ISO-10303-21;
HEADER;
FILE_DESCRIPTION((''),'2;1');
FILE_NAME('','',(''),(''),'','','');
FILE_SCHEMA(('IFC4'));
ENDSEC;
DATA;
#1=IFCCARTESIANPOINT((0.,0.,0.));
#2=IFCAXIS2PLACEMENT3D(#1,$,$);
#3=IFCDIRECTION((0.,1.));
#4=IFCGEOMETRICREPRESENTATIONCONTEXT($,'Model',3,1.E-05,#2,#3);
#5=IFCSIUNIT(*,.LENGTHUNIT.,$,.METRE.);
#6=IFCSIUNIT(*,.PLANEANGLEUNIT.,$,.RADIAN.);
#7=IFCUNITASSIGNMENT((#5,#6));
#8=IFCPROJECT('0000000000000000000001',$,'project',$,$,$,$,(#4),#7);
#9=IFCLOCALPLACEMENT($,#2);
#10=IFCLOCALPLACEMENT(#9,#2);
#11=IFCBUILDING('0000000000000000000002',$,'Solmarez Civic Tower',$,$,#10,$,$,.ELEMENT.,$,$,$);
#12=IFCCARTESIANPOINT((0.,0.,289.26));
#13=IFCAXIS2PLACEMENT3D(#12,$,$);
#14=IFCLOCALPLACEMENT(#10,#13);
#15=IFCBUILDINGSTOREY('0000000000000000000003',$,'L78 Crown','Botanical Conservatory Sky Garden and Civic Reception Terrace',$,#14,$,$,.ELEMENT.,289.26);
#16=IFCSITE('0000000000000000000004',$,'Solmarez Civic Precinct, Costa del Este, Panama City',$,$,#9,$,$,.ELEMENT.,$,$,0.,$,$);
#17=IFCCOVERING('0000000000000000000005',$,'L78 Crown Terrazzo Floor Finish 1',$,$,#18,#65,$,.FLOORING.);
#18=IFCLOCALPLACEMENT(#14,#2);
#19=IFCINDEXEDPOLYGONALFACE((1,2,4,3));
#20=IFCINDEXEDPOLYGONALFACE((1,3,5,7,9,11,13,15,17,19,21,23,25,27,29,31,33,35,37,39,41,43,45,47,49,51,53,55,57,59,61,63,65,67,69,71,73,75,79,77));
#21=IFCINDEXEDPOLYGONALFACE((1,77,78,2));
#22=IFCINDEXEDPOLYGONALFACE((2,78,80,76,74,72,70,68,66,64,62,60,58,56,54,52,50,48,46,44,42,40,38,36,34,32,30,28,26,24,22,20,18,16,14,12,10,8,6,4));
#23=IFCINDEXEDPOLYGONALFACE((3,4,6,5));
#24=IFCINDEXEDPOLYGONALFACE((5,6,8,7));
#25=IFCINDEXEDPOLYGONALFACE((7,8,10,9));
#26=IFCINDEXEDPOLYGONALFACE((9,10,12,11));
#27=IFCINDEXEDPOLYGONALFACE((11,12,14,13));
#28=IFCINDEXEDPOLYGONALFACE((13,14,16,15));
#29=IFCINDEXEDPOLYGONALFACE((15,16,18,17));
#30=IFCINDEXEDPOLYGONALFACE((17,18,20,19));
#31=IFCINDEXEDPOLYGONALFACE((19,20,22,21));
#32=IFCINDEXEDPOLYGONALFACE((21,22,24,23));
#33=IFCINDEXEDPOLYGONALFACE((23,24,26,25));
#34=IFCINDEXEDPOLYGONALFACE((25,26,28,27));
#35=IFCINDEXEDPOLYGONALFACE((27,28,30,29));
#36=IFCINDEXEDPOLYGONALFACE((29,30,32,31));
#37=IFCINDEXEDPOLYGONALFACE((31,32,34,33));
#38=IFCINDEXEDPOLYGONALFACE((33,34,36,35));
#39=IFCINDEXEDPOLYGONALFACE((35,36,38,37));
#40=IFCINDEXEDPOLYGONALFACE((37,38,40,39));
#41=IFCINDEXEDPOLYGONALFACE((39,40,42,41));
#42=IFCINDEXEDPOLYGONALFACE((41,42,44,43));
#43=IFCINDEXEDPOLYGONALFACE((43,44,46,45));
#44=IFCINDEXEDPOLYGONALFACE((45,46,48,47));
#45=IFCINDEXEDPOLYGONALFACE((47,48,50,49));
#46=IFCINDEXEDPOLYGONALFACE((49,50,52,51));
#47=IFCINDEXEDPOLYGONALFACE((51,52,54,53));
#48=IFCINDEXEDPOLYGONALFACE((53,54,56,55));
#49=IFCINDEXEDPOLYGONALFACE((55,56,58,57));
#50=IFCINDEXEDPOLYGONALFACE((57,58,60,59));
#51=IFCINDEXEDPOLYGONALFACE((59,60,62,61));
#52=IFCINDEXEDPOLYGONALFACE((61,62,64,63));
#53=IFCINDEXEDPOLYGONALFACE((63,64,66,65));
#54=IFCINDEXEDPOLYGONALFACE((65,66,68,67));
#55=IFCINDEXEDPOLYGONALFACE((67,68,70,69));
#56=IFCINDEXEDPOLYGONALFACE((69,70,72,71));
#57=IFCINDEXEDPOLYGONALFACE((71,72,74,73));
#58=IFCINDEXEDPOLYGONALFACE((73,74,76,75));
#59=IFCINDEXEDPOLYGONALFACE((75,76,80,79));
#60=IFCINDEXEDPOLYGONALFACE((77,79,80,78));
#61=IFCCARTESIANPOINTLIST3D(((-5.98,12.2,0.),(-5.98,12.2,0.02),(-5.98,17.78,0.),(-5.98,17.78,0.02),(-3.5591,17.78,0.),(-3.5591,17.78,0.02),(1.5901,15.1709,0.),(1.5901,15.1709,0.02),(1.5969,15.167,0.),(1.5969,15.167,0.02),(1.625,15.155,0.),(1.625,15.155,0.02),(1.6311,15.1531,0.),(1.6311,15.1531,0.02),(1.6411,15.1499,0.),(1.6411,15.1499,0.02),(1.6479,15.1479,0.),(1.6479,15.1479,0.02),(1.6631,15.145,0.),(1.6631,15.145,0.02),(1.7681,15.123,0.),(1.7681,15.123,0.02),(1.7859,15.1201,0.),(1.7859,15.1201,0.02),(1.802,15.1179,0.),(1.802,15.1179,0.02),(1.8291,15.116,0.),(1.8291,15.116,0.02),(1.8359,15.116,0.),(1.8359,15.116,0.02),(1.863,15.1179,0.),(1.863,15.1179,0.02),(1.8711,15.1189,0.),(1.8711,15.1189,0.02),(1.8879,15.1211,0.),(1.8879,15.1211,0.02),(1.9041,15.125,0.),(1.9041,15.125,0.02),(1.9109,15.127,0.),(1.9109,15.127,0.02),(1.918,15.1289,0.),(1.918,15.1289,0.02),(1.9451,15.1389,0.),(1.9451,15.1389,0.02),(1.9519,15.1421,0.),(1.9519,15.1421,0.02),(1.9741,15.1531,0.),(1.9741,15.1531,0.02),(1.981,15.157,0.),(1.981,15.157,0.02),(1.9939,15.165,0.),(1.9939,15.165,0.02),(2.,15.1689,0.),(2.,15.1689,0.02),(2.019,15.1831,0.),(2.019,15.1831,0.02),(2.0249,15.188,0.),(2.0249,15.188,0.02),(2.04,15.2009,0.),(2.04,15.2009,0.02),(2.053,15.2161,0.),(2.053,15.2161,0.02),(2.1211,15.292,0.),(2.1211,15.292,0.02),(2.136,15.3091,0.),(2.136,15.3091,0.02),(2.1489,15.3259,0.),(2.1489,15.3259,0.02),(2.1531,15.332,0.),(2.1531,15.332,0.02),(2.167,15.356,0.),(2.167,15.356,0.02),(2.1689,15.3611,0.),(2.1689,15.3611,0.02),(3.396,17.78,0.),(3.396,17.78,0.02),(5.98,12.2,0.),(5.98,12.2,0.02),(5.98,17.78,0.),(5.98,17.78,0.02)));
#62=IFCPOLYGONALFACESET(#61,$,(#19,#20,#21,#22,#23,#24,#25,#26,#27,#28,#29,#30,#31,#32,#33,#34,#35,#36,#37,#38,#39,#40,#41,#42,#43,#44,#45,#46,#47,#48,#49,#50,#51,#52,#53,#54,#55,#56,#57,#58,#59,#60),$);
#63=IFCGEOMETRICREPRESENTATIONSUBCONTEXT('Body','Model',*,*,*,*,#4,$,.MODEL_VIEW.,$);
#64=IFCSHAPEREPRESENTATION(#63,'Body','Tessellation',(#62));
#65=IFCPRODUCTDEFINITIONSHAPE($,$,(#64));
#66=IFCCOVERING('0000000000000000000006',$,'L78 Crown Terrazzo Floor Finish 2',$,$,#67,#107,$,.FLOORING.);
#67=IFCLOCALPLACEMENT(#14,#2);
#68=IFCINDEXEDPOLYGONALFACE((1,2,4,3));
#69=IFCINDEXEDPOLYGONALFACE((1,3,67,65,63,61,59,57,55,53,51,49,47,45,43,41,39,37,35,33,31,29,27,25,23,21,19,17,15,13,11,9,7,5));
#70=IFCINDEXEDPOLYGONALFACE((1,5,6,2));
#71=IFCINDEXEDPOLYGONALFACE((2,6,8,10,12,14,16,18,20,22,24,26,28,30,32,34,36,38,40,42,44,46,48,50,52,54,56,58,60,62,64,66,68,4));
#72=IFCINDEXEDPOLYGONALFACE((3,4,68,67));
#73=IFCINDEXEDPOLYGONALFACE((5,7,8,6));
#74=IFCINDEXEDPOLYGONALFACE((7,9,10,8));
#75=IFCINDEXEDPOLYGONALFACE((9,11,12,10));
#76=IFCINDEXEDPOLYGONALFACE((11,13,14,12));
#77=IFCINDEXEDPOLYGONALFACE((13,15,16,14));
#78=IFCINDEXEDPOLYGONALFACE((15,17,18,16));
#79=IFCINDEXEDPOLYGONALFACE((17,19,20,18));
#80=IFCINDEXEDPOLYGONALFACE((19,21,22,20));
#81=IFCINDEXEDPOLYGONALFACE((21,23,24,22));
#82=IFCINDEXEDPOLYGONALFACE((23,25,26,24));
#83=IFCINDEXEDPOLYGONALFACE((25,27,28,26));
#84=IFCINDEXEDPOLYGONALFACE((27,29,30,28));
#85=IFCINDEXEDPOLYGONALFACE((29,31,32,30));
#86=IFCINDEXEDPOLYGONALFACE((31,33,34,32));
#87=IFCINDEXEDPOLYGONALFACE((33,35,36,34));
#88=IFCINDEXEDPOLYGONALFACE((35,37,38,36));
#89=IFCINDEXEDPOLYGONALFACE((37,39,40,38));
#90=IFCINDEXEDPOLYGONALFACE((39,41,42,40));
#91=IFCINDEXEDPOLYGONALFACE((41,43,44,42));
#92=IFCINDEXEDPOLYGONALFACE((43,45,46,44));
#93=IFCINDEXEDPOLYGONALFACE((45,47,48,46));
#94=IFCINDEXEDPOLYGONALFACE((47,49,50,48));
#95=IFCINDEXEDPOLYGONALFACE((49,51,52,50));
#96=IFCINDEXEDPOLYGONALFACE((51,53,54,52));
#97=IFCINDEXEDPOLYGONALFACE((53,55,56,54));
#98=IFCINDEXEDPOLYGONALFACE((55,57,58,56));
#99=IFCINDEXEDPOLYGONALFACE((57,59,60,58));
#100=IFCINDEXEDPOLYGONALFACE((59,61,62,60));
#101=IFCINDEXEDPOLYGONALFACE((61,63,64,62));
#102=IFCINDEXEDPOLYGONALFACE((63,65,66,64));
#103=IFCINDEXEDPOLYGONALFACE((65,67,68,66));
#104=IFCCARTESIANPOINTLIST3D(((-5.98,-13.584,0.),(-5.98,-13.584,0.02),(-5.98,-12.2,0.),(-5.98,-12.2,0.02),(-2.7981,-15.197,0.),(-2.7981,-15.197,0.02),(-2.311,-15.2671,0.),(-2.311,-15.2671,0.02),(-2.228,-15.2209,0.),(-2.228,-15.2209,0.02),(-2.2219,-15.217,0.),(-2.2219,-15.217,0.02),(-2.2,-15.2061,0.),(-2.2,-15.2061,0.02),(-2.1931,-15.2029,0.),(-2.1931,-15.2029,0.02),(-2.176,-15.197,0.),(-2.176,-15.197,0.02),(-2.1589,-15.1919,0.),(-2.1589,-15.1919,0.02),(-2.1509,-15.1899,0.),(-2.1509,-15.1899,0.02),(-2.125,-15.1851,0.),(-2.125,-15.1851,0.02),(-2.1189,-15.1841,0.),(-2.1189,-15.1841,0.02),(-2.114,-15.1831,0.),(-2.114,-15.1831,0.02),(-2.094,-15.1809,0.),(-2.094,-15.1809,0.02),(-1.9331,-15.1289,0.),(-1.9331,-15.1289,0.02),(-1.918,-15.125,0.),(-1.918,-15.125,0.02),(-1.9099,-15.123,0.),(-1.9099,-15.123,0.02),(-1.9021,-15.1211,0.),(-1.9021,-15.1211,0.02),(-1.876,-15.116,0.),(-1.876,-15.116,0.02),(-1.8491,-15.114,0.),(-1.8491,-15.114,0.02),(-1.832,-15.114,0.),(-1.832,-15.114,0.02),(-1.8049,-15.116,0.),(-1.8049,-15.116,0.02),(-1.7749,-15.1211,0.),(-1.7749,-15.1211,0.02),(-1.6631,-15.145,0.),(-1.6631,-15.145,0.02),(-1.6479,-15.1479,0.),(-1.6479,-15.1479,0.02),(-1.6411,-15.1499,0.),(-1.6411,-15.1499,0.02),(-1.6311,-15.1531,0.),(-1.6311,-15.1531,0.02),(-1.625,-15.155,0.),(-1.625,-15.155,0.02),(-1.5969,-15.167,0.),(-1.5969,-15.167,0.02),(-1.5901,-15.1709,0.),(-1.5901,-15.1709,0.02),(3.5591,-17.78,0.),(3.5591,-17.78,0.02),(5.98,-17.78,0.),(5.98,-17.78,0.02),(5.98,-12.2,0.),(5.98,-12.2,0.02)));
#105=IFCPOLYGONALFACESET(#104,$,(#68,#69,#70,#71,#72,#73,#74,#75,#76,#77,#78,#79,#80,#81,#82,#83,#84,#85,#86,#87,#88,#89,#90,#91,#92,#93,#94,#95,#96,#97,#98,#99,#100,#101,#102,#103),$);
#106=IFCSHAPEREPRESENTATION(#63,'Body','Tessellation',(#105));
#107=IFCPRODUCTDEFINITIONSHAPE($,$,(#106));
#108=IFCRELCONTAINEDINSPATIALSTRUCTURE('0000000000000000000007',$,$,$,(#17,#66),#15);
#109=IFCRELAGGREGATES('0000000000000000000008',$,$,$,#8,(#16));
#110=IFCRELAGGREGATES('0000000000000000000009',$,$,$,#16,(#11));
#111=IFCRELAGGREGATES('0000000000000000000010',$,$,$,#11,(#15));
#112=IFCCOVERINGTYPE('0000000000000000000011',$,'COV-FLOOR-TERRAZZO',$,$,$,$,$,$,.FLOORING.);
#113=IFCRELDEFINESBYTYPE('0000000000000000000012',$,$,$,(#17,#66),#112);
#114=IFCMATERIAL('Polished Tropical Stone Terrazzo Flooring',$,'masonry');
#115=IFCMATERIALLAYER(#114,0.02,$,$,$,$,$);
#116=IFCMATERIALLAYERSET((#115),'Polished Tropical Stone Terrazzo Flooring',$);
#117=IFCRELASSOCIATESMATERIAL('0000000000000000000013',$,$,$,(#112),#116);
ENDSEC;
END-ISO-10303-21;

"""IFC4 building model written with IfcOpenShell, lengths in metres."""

from ifc_helpers import new_model, si_unit, direction, frame, origin, place, context, subcontext, project, spatial, polyline, outline, extrude, material, layer, layer_set, type_object, element, save


model = new_model("IFC4")

# Units and contexts
model_context = context("Model", 3, precision=1e-05, world=origin(), true_north=direction((0.0, 1.0)))
body_context = subcontext(model_context, "Body", "Model", "MODEL_VIEW")
ifc_project = project(units=[si_unit("LENGTHUNIT", "METRE"), si_unit("PLANEANGLEUNIT", "RADIAN")], contexts=[model_context])

# Site, building, storey
site_placement = place(None, origin())
site = spatial("IfcSite", under=ifc_project, at=site_placement, Name="Solmarez Civic Precinct, Costa del Este, Panama City", CompositionType="ELEMENT", RefElevation=0.0)
building_placement = place(site_placement, origin())
building = spatial("IfcBuilding", under=site, at=building_placement, Name="Solmarez Civic Tower", CompositionType="ELEMENT")
storey_placement = place(building_placement, frame((0.0, 0.0, 289.26)))
storey = spatial("IfcBuildingStorey", under=building, at=storey_placement, Name="L78 Crown", Description="Botanical Conservatory Sky Garden and Civic Reception Terrace", CompositionType="ELEMENT", Elevation=289.26)

# Coverings
ifc_material_1 = material(Name="Polished Tropical Stone Terrazzo Flooring", Category="masonry")
ifc_layer_1 = layer(ifc_material_1, 0.02)
ifc_layer_set_1 = layer_set([ifc_layer_1], Name="Polished Tropical Stone Terrazzo Flooring")
covering_type_1 = type_object("IfcCoveringType", Name="COV-FLOOR-TERRAZZO", PredefinedType="FLOORING", material=ifc_layer_set_1)
covering_1_placement = place(storey_placement, origin())
element("IfcCovering", 1, at=covering_1_placement, inside=storey, type_object=covering_type_1, Name="L78 Crown Terrazzo Floor Finish 1", PredefinedType="FLOORING", context=body_context, shape_type="SweptSolid", body=[
    extrude(outline(polyline([(5.98, 17.78), (3.396, 17.78), (2.1689, 15.3611), (2.167, 15.356), (2.1531, 15.332), (2.1489, 15.3259), (2.136, 15.3091), (2.1211, 15.292), (2.053, 15.2161), (2.04, 15.2009), (2.0249, 15.188), (2.019, 15.1831), (2.0, 15.1689), (1.9939, 15.165), (1.981, 15.157), (1.9741, 15.1531), (1.9519, 15.1421), (1.9451, 15.1389), (1.918, 15.1289), (1.9109, 15.127), (1.9041, 15.125), (1.8879, 15.1211), (1.8711, 15.1189), (1.863, 15.1179), (1.8359, 15.116), (1.8291, 15.116), (1.802, 15.1179), (1.7859, 15.1201), (1.7681, 15.123), (1.6631, 15.145), (1.6479, 15.1479), (1.6411, 15.1499), (1.6311, 15.1531), (1.625, 15.155), (1.5969, 15.167), (1.5901, 15.1709), (-3.5591, 17.78), (-5.98, 17.78), (-5.98, 12.2), (5.98, 12.2), (5.98, 17.78)])), origin(), (0.0, 0.0, 1.0), 0.02),
])
covering_2_placement = place(storey_placement, origin())
element("IfcCovering", 2, at=covering_2_placement, inside=storey, type_object=covering_type_1, Name="L78 Crown Terrazzo Floor Finish 2", PredefinedType="FLOORING", context=body_context, shape_type="SweptSolid", body=[
    extrude(outline(polyline([(5.98, -12.2), (-5.98, -12.2), (-5.98, -13.584), (-2.7981, -15.197), (-2.311, -15.2671), (-2.228, -15.2209), (-2.2219, -15.217), (-2.2, -15.2061), (-2.1931, -15.2029), (-2.176, -15.197), (-2.1589, -15.1919), (-2.1509, -15.1899), (-2.125, -15.1851), (-2.1189, -15.1841), (-2.114, -15.1831), (-2.094, -15.1809), (-1.9331, -15.1289), (-1.918, -15.125), (-1.9099, -15.123), (-1.9021, -15.1211), (-1.876, -15.116), (-1.8491, -15.114), (-1.832, -15.114), (-1.8049, -15.116), (-1.7749, -15.1211), (-1.6631, -15.145), (-1.6479, -15.1479), (-1.6411, -15.1499), (-1.6311, -15.1531), (-1.625, -15.155), (-1.5969, -15.167), (-1.5901, -15.1709), (3.5591, -17.78), (5.98, -17.78), (5.98, -12.2)])), origin(), (0.0, 0.0, 1.0), 0.02),
])

save(model, "model.ifc")
